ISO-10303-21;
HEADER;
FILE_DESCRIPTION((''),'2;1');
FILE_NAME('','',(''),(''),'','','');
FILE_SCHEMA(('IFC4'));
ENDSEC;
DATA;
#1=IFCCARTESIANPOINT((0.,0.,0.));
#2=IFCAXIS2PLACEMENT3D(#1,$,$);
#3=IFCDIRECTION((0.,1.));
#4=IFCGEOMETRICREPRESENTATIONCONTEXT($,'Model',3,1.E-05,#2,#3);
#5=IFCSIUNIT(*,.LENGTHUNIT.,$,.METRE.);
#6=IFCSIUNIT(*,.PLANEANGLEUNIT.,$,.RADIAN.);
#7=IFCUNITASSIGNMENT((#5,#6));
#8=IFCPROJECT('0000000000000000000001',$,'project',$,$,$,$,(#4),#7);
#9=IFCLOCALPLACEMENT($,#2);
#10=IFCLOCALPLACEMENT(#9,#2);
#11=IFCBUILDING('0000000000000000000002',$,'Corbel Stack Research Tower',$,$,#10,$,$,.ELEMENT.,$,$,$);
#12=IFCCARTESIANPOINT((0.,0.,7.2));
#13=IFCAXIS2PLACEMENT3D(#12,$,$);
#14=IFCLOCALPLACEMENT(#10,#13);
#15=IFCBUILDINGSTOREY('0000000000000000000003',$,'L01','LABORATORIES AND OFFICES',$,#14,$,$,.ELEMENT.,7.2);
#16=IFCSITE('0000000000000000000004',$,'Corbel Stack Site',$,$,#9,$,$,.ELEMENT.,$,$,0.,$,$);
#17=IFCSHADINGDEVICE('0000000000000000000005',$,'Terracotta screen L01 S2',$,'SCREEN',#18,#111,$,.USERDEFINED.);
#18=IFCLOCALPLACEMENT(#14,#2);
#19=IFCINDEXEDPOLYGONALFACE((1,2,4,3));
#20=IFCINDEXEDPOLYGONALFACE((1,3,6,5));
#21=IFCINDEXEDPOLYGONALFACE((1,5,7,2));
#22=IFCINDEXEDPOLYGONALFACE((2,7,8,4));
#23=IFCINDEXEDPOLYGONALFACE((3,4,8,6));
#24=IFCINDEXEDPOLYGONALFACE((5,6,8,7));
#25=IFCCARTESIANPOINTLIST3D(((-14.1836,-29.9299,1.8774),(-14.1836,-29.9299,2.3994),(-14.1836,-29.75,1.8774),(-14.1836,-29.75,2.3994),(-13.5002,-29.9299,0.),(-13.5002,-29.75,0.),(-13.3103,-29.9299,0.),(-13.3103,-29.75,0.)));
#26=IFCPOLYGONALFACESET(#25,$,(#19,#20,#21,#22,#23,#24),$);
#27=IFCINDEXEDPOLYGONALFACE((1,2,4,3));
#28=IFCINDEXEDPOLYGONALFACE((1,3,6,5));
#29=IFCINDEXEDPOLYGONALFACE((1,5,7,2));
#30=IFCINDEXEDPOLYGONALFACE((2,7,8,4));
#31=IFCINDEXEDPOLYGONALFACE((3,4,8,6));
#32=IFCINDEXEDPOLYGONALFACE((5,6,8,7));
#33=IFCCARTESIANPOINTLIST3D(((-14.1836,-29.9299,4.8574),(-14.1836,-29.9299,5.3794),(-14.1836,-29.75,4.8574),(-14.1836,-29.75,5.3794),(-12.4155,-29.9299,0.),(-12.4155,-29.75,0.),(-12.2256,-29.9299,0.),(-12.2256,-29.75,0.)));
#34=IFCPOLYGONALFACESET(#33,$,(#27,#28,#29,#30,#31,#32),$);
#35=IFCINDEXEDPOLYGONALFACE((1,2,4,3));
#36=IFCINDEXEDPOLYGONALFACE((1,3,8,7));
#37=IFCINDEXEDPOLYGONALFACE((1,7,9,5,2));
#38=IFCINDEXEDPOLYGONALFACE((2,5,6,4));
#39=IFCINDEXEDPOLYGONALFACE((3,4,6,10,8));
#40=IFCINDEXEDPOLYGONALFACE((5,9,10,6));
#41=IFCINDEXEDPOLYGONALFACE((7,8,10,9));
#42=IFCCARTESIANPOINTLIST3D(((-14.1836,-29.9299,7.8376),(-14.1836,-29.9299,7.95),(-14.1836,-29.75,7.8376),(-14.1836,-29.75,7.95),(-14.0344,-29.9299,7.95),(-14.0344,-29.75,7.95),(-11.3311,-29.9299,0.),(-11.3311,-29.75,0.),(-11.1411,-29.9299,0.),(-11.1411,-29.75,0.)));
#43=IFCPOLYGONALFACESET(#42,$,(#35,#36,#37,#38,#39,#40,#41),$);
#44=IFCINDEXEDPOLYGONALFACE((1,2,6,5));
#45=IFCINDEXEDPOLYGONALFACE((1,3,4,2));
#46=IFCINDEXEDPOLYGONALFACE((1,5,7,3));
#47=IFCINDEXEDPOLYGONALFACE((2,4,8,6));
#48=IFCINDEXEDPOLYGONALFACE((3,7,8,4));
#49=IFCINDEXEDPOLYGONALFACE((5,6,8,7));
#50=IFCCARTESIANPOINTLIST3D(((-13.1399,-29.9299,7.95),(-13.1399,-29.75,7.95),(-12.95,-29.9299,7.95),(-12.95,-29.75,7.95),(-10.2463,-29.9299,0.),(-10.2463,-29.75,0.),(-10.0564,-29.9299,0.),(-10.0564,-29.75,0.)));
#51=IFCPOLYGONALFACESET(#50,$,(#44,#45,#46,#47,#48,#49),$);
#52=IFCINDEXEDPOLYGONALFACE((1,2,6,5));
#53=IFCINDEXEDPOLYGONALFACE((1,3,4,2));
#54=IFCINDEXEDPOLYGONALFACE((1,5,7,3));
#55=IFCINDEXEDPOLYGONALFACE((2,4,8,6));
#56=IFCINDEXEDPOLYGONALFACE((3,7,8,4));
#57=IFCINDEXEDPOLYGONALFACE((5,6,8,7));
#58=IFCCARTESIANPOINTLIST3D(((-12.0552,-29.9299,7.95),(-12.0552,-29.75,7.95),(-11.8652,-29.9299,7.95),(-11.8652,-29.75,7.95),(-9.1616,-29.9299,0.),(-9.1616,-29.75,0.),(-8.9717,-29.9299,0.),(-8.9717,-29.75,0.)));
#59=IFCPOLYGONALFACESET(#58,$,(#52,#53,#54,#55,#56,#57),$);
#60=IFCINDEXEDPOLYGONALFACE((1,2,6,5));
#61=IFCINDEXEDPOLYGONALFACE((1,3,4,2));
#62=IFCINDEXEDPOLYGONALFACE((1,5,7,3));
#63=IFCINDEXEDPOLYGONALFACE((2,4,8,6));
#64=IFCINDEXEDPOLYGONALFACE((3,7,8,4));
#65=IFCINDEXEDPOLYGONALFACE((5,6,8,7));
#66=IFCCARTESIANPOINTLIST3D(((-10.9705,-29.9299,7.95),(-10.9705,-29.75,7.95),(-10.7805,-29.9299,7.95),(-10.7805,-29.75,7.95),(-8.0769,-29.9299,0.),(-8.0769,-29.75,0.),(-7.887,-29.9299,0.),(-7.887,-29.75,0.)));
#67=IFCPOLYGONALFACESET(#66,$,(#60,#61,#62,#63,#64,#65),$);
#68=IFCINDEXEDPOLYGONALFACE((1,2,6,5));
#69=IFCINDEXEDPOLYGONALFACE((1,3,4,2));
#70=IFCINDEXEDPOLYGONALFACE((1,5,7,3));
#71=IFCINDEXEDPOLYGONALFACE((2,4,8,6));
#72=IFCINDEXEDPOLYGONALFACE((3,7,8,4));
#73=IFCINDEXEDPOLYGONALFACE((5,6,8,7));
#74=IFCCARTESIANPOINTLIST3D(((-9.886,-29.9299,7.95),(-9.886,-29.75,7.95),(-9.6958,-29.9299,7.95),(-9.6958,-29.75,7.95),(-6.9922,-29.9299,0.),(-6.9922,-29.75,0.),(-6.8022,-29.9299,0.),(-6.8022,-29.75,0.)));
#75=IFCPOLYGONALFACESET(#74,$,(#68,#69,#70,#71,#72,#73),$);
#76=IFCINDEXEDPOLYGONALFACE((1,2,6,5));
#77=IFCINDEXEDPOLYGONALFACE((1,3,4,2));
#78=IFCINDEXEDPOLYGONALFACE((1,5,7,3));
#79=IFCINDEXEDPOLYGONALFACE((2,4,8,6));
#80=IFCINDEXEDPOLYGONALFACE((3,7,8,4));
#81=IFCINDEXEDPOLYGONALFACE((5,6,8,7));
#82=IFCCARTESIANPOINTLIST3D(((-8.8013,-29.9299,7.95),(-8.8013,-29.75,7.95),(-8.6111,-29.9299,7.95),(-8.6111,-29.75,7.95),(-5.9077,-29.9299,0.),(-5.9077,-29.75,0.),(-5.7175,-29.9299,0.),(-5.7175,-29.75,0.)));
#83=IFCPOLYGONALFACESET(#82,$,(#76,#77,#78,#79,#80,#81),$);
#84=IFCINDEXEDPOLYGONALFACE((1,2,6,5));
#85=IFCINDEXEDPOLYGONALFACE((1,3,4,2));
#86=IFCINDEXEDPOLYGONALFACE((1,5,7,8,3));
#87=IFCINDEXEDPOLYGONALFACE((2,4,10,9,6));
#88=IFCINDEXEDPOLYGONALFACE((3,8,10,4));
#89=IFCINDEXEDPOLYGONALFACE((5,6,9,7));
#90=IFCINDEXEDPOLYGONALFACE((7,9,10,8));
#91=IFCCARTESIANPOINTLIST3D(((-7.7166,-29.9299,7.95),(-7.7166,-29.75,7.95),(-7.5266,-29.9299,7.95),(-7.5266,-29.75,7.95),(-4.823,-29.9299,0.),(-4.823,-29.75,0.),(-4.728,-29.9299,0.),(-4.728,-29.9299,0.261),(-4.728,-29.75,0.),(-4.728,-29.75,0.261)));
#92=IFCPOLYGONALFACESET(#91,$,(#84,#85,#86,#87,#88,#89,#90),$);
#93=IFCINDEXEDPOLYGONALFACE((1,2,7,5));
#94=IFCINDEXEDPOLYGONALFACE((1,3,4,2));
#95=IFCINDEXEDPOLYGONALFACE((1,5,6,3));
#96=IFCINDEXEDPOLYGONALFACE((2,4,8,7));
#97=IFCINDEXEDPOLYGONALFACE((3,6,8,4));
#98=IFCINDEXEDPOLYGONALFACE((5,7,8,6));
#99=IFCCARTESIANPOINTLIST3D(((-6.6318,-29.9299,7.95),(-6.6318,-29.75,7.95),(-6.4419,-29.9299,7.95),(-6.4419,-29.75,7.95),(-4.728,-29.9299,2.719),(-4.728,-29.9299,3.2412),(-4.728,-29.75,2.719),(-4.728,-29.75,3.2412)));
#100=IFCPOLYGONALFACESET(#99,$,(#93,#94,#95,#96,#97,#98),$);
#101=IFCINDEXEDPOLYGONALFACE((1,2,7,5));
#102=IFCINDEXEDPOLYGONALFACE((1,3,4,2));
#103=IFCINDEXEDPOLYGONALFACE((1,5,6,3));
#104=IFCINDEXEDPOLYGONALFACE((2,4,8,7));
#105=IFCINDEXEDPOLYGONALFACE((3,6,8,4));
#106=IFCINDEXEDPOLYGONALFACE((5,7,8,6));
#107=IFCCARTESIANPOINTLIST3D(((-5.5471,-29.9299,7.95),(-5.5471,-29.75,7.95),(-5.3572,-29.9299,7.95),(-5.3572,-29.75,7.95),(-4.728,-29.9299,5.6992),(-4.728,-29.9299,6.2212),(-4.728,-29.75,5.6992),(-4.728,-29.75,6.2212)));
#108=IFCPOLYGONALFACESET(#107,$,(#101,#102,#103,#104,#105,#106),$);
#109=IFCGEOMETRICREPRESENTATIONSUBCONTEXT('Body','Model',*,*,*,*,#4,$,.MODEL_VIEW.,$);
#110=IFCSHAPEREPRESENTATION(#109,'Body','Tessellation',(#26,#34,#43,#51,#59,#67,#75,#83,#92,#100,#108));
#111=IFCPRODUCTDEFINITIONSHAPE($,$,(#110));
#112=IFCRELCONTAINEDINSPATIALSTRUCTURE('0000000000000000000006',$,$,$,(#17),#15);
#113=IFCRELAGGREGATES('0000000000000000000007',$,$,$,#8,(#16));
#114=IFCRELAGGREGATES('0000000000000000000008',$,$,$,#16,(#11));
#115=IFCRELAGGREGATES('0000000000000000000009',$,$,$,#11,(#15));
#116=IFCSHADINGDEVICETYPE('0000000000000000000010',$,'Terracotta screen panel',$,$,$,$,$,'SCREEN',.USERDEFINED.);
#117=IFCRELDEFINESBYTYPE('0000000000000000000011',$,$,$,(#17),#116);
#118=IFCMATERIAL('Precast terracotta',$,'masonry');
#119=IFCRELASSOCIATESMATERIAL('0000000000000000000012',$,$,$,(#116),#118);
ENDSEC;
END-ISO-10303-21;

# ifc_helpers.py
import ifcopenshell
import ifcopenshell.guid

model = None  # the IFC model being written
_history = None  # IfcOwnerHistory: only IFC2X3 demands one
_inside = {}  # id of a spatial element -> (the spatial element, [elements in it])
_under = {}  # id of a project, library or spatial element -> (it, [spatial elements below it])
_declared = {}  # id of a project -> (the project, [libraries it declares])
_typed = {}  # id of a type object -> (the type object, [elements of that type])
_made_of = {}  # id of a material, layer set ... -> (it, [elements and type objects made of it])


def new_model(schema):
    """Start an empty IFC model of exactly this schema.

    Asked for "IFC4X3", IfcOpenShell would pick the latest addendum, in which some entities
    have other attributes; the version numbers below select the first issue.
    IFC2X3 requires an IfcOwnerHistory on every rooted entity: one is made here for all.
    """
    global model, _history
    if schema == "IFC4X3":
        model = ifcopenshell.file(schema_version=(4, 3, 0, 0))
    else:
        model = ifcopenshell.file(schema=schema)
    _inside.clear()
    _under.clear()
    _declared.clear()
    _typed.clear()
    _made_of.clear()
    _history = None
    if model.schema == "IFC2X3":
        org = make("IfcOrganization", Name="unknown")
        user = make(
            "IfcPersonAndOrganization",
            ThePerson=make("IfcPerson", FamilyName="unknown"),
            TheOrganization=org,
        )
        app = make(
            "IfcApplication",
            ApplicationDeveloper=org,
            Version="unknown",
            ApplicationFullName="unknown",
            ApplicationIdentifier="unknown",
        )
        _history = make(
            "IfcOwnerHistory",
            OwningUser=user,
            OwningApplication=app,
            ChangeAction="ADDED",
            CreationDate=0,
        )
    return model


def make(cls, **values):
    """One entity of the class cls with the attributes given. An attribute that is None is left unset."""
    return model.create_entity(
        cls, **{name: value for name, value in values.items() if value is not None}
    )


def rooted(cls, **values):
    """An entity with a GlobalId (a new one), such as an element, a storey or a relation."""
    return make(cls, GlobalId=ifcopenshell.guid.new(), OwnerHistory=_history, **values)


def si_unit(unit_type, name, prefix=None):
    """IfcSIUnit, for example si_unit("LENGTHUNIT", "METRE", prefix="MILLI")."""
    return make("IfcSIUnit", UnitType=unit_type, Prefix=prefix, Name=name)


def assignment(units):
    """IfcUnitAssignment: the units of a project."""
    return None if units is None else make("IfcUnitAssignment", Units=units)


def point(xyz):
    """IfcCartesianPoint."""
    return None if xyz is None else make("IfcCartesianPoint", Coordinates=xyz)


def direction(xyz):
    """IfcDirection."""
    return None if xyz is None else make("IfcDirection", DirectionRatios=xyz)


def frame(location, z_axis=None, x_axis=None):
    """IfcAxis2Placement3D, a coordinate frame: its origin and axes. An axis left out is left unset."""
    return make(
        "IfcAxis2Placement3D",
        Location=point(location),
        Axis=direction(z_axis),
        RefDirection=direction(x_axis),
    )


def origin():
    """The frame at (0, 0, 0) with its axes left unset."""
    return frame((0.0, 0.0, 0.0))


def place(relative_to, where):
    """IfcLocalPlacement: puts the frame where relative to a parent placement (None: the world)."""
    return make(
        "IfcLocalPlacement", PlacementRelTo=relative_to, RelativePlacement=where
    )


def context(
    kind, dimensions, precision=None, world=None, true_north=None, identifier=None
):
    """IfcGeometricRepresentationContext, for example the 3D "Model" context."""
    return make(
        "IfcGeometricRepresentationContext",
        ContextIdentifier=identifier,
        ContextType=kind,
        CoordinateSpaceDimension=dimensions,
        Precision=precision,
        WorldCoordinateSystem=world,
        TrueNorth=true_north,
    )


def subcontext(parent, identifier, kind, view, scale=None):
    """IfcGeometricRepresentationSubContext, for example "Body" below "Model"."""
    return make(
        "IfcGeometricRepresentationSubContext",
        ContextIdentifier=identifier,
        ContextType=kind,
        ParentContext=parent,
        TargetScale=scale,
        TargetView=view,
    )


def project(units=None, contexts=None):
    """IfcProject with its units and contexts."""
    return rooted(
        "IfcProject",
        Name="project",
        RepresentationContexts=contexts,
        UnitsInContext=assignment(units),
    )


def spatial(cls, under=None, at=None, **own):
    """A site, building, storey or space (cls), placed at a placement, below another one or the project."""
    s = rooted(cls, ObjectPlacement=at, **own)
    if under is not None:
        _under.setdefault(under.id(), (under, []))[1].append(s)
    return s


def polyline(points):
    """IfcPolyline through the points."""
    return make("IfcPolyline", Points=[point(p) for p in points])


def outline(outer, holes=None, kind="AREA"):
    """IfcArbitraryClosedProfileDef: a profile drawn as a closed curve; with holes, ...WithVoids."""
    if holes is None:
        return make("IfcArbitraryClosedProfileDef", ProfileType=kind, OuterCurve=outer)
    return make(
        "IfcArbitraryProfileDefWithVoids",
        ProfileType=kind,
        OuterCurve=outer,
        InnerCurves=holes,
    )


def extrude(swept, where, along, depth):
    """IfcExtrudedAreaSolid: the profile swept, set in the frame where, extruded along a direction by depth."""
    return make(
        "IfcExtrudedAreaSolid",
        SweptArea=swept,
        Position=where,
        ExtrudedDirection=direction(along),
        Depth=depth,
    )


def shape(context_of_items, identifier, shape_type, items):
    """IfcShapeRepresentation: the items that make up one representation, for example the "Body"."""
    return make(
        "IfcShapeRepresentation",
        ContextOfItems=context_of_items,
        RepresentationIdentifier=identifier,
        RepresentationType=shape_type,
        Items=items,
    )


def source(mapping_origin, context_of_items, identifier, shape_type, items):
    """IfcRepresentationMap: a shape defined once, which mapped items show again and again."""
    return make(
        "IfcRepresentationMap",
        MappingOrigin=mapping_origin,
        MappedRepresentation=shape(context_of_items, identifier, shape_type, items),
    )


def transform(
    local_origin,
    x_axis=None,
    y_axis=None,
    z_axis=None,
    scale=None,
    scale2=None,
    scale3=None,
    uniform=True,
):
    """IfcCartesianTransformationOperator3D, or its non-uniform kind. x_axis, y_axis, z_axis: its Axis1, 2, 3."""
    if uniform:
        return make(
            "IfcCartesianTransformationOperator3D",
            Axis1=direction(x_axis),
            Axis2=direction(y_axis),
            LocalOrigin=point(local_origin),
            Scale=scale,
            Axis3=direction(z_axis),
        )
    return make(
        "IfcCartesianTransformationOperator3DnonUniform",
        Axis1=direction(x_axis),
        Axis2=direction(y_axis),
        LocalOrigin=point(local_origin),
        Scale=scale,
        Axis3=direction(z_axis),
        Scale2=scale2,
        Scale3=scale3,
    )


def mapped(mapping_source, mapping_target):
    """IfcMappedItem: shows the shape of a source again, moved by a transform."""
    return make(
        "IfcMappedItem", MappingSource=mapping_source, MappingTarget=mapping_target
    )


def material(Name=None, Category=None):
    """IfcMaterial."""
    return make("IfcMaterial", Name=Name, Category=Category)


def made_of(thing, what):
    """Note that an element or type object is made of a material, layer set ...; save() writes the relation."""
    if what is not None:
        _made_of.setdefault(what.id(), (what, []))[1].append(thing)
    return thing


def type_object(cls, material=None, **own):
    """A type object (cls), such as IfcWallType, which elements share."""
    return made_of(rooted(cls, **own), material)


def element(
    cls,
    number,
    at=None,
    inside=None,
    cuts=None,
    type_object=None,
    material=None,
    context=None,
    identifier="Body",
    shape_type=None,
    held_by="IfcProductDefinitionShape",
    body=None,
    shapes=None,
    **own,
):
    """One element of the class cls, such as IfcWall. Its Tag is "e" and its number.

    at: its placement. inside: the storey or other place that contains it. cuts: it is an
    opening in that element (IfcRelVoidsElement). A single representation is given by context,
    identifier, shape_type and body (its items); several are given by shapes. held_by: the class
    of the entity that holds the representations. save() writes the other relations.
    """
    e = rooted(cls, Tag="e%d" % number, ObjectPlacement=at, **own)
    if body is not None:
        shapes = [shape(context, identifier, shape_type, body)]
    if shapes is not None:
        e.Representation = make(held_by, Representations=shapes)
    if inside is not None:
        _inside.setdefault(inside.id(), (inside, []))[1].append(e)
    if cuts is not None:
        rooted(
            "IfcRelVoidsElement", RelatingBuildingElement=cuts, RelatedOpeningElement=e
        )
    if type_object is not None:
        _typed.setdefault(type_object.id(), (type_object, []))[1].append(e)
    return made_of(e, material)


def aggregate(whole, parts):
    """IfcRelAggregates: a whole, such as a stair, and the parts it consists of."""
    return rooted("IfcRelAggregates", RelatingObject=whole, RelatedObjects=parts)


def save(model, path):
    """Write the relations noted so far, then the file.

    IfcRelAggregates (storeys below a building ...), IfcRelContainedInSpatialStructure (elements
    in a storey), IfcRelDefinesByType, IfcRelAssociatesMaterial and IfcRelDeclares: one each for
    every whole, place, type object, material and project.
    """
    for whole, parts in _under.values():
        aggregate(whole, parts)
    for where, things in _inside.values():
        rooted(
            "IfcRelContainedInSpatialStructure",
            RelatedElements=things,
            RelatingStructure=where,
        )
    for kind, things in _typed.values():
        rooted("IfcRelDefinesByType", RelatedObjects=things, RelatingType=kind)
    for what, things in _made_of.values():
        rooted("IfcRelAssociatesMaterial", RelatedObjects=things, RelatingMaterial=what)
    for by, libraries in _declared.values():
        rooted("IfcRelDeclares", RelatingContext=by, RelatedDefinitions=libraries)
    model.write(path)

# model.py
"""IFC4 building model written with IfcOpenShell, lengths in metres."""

from ifc_helpers import new_model, si_unit, direction, frame, origin, place, context, subcontext, project, spatial, polyline, outline, extrude, source, transform, mapped, material, type_object, element, save


model = new_model("IFC4")

# Units and contexts
model_context = context("Model", 3, precision=1e-05, world=origin(), true_north=direction((0.0, 1.0)))
body_context = subcontext(model_context, "Body", "Model", "MODEL_VIEW")
ifc_project = project(units=[si_unit("LENGTHUNIT", "METRE"), si_unit("PLANEANGLEUNIT", "RADIAN")], contexts=[model_context])

# Site, building, storey
site_placement = place(None, origin())
site = spatial("IfcSite", under=ifc_project, at=site_placement, Name="Corbel Stack Site", CompositionType="ELEMENT", RefElevation=0.0)
building_placement = place(site_placement, origin())
building = spatial("IfcBuilding", under=site, at=building_placement, Name="Corbel Stack Research Tower", CompositionType="ELEMENT")
storey_placement = place(building_placement, frame((0.0, 0.0, 7.2)))
storey = spatial("IfcBuildingStorey", under=building, at=storey_placement, Name="L01", Description="LABORATORIES AND OFFICES", CompositionType="ELEMENT", Elevation=7.2)

# Shading device
ifc_material_1 = material(Name="Precast terracotta", Category="masonry")
shading_device_type = type_object("IfcShadingDeviceType", Name="Terracotta screen panel", ElementType="SCREEN", PredefinedType="USERDEFINED", material=ifc_material_1)
shared_shape = source(origin(), body_context, "Body", "SweptSolid", [
    extrude(outline(polyline([(0.8733, 0.0), (0.0, 2.3994), (0.0, 1.8774), (0.6833, 0.0), (0.8733, 0.0)])), frame((0.0, 0.0, 0.0), z_axis=(0.0, -1.0, 0.0), x_axis=(1.0, 0.0, 0.0)), (0.0, 0.0, 1.0), 0.1799),
    extrude(outline(polyline([(1.958, 0.0), (0.0, 5.3794), (0.0, 4.8574), (1.7681, 0.0), (1.958, 0.0)])), frame((0.0, 0.0, 0.0), z_axis=(0.0, -1.0, 0.0), x_axis=(1.0, 0.0, 0.0)), (0.0, 0.0, 1.0), 0.1799),
    extrude(outline(polyline([(3.0425, 0.0), (0.1492, 7.95), (0.0, 7.95), (0.0, 7.8376), (2.8525, 0.0), (3.0425, 0.0)])), frame((0.0, 0.0, 0.0), z_axis=(0.0, -1.0, 0.0), x_axis=(1.0, 0.0, 0.0)), (0.0, 0.0, 1.0), 0.1799),
    extrude(outline(polyline([(4.1272, 0.0), (1.2336, 7.95), (1.0437, 7.95), (3.9373, 0.0), (4.1272, 0.0)])), frame((0.0, 0.0, 0.0), z_axis=(0.0, -1.0, 0.0), x_axis=(1.0, 0.0, 0.0)), (0.0, 0.0, 1.0), 0.1799),
    extrude(outline(polyline([(5.2119, 0.0), (2.3184, 7.95), (2.1284, 7.95), (5.022, 0.0), (5.2119, 0.0)])), frame((0.0, 0.0, 0.0), z_axis=(0.0, -1.0, 0.0), x_axis=(1.0, 0.0, 0.0)), (0.0, 0.0, 1.0), 0.1799),
    extrude(outline(polyline([(6.2966, 0.0), (3.4031, 7.95), (3.2131, 7.95), (6.1067, 0.0), (6.2966, 0.0)])), frame((0.0, 0.0, 0.0), z_axis=(0.0, -1.0, 0.0), x_axis=(1.0, 0.0, 0.0)), (0.0, 0.0, 1.0), 0.1799),
    extrude(outline(polyline([(7.3813, 0.0), (4.4878, 7.95), (4.2976, 7.95), (7.1914, 0.0), (7.3813, 0.0)])), frame((0.0, 0.0, 0.0), z_axis=(0.0, -1.0, 0.0), x_axis=(1.0, 0.0, 0.0)), (0.0, 0.0, 1.0), 0.1799),
    extrude(outline(polyline([(8.4661, 0.0), (5.5725, 7.95), (5.3823, 7.95), (8.2759, 0.0), (8.4661, 0.0)])), frame((0.0, 0.0, 0.0), z_axis=(0.0, -1.0, 0.0), x_axis=(1.0, 0.0, 0.0)), (0.0, 0.0, 1.0), 0.1799),
    extrude(outline(polyline([(9.4556, 0.0), (9.4556, 0.261), (6.657, 7.95), (6.467, 7.95), (9.3606, 0.0), (9.4556, 0.0)])), frame((0.0, 0.0, 0.0), z_axis=(0.0, -1.0, 0.0), x_axis=(1.0, 0.0, 0.0)), (0.0, 0.0, 1.0), 0.1799),
    extrude(outline(polyline([(7.7417, 7.95), (7.5518, 7.95), (9.4556, 2.719), (9.4556, 3.2412), (7.7417, 7.95)])), frame((0.0, 0.0, 0.0), z_axis=(0.0, -1.0, 0.0), x_axis=(1.0, 0.0, 0.0)), (0.0, 0.0, 1.0), 0.1799),
    extrude(outline(polyline([(8.8264, 7.95), (8.6365, 7.95), (9.4556, 5.6992), (9.4556, 6.2212), (8.8264, 7.95)])), frame((0.0, 0.0, 0.0), z_axis=(0.0, -1.0, 0.0), x_axis=(1.0, 0.0, 0.0)), (0.0, 0.0, 1.0), 0.1799),
])
shading_device_placement = place(storey_placement, frame((-14.1836, -29.75, 0.0), z_axis=(0.0, 0.0, 1.0), x_axis=(1.0, 0.0, 0.0)))
element("IfcShadingDevice", 1, at=shading_device_placement, inside=storey, type_object=shading_device_type, Name="Terracotta screen L01 S2", ObjectType="SCREEN", PredefinedType="USERDEFINED", context=body_context, shape_type="MappedRepresentation", body=[
    mapped(shared_shape, transform((0.0, 0.0, 0.0))),
])

save(model, "model.ifc")
